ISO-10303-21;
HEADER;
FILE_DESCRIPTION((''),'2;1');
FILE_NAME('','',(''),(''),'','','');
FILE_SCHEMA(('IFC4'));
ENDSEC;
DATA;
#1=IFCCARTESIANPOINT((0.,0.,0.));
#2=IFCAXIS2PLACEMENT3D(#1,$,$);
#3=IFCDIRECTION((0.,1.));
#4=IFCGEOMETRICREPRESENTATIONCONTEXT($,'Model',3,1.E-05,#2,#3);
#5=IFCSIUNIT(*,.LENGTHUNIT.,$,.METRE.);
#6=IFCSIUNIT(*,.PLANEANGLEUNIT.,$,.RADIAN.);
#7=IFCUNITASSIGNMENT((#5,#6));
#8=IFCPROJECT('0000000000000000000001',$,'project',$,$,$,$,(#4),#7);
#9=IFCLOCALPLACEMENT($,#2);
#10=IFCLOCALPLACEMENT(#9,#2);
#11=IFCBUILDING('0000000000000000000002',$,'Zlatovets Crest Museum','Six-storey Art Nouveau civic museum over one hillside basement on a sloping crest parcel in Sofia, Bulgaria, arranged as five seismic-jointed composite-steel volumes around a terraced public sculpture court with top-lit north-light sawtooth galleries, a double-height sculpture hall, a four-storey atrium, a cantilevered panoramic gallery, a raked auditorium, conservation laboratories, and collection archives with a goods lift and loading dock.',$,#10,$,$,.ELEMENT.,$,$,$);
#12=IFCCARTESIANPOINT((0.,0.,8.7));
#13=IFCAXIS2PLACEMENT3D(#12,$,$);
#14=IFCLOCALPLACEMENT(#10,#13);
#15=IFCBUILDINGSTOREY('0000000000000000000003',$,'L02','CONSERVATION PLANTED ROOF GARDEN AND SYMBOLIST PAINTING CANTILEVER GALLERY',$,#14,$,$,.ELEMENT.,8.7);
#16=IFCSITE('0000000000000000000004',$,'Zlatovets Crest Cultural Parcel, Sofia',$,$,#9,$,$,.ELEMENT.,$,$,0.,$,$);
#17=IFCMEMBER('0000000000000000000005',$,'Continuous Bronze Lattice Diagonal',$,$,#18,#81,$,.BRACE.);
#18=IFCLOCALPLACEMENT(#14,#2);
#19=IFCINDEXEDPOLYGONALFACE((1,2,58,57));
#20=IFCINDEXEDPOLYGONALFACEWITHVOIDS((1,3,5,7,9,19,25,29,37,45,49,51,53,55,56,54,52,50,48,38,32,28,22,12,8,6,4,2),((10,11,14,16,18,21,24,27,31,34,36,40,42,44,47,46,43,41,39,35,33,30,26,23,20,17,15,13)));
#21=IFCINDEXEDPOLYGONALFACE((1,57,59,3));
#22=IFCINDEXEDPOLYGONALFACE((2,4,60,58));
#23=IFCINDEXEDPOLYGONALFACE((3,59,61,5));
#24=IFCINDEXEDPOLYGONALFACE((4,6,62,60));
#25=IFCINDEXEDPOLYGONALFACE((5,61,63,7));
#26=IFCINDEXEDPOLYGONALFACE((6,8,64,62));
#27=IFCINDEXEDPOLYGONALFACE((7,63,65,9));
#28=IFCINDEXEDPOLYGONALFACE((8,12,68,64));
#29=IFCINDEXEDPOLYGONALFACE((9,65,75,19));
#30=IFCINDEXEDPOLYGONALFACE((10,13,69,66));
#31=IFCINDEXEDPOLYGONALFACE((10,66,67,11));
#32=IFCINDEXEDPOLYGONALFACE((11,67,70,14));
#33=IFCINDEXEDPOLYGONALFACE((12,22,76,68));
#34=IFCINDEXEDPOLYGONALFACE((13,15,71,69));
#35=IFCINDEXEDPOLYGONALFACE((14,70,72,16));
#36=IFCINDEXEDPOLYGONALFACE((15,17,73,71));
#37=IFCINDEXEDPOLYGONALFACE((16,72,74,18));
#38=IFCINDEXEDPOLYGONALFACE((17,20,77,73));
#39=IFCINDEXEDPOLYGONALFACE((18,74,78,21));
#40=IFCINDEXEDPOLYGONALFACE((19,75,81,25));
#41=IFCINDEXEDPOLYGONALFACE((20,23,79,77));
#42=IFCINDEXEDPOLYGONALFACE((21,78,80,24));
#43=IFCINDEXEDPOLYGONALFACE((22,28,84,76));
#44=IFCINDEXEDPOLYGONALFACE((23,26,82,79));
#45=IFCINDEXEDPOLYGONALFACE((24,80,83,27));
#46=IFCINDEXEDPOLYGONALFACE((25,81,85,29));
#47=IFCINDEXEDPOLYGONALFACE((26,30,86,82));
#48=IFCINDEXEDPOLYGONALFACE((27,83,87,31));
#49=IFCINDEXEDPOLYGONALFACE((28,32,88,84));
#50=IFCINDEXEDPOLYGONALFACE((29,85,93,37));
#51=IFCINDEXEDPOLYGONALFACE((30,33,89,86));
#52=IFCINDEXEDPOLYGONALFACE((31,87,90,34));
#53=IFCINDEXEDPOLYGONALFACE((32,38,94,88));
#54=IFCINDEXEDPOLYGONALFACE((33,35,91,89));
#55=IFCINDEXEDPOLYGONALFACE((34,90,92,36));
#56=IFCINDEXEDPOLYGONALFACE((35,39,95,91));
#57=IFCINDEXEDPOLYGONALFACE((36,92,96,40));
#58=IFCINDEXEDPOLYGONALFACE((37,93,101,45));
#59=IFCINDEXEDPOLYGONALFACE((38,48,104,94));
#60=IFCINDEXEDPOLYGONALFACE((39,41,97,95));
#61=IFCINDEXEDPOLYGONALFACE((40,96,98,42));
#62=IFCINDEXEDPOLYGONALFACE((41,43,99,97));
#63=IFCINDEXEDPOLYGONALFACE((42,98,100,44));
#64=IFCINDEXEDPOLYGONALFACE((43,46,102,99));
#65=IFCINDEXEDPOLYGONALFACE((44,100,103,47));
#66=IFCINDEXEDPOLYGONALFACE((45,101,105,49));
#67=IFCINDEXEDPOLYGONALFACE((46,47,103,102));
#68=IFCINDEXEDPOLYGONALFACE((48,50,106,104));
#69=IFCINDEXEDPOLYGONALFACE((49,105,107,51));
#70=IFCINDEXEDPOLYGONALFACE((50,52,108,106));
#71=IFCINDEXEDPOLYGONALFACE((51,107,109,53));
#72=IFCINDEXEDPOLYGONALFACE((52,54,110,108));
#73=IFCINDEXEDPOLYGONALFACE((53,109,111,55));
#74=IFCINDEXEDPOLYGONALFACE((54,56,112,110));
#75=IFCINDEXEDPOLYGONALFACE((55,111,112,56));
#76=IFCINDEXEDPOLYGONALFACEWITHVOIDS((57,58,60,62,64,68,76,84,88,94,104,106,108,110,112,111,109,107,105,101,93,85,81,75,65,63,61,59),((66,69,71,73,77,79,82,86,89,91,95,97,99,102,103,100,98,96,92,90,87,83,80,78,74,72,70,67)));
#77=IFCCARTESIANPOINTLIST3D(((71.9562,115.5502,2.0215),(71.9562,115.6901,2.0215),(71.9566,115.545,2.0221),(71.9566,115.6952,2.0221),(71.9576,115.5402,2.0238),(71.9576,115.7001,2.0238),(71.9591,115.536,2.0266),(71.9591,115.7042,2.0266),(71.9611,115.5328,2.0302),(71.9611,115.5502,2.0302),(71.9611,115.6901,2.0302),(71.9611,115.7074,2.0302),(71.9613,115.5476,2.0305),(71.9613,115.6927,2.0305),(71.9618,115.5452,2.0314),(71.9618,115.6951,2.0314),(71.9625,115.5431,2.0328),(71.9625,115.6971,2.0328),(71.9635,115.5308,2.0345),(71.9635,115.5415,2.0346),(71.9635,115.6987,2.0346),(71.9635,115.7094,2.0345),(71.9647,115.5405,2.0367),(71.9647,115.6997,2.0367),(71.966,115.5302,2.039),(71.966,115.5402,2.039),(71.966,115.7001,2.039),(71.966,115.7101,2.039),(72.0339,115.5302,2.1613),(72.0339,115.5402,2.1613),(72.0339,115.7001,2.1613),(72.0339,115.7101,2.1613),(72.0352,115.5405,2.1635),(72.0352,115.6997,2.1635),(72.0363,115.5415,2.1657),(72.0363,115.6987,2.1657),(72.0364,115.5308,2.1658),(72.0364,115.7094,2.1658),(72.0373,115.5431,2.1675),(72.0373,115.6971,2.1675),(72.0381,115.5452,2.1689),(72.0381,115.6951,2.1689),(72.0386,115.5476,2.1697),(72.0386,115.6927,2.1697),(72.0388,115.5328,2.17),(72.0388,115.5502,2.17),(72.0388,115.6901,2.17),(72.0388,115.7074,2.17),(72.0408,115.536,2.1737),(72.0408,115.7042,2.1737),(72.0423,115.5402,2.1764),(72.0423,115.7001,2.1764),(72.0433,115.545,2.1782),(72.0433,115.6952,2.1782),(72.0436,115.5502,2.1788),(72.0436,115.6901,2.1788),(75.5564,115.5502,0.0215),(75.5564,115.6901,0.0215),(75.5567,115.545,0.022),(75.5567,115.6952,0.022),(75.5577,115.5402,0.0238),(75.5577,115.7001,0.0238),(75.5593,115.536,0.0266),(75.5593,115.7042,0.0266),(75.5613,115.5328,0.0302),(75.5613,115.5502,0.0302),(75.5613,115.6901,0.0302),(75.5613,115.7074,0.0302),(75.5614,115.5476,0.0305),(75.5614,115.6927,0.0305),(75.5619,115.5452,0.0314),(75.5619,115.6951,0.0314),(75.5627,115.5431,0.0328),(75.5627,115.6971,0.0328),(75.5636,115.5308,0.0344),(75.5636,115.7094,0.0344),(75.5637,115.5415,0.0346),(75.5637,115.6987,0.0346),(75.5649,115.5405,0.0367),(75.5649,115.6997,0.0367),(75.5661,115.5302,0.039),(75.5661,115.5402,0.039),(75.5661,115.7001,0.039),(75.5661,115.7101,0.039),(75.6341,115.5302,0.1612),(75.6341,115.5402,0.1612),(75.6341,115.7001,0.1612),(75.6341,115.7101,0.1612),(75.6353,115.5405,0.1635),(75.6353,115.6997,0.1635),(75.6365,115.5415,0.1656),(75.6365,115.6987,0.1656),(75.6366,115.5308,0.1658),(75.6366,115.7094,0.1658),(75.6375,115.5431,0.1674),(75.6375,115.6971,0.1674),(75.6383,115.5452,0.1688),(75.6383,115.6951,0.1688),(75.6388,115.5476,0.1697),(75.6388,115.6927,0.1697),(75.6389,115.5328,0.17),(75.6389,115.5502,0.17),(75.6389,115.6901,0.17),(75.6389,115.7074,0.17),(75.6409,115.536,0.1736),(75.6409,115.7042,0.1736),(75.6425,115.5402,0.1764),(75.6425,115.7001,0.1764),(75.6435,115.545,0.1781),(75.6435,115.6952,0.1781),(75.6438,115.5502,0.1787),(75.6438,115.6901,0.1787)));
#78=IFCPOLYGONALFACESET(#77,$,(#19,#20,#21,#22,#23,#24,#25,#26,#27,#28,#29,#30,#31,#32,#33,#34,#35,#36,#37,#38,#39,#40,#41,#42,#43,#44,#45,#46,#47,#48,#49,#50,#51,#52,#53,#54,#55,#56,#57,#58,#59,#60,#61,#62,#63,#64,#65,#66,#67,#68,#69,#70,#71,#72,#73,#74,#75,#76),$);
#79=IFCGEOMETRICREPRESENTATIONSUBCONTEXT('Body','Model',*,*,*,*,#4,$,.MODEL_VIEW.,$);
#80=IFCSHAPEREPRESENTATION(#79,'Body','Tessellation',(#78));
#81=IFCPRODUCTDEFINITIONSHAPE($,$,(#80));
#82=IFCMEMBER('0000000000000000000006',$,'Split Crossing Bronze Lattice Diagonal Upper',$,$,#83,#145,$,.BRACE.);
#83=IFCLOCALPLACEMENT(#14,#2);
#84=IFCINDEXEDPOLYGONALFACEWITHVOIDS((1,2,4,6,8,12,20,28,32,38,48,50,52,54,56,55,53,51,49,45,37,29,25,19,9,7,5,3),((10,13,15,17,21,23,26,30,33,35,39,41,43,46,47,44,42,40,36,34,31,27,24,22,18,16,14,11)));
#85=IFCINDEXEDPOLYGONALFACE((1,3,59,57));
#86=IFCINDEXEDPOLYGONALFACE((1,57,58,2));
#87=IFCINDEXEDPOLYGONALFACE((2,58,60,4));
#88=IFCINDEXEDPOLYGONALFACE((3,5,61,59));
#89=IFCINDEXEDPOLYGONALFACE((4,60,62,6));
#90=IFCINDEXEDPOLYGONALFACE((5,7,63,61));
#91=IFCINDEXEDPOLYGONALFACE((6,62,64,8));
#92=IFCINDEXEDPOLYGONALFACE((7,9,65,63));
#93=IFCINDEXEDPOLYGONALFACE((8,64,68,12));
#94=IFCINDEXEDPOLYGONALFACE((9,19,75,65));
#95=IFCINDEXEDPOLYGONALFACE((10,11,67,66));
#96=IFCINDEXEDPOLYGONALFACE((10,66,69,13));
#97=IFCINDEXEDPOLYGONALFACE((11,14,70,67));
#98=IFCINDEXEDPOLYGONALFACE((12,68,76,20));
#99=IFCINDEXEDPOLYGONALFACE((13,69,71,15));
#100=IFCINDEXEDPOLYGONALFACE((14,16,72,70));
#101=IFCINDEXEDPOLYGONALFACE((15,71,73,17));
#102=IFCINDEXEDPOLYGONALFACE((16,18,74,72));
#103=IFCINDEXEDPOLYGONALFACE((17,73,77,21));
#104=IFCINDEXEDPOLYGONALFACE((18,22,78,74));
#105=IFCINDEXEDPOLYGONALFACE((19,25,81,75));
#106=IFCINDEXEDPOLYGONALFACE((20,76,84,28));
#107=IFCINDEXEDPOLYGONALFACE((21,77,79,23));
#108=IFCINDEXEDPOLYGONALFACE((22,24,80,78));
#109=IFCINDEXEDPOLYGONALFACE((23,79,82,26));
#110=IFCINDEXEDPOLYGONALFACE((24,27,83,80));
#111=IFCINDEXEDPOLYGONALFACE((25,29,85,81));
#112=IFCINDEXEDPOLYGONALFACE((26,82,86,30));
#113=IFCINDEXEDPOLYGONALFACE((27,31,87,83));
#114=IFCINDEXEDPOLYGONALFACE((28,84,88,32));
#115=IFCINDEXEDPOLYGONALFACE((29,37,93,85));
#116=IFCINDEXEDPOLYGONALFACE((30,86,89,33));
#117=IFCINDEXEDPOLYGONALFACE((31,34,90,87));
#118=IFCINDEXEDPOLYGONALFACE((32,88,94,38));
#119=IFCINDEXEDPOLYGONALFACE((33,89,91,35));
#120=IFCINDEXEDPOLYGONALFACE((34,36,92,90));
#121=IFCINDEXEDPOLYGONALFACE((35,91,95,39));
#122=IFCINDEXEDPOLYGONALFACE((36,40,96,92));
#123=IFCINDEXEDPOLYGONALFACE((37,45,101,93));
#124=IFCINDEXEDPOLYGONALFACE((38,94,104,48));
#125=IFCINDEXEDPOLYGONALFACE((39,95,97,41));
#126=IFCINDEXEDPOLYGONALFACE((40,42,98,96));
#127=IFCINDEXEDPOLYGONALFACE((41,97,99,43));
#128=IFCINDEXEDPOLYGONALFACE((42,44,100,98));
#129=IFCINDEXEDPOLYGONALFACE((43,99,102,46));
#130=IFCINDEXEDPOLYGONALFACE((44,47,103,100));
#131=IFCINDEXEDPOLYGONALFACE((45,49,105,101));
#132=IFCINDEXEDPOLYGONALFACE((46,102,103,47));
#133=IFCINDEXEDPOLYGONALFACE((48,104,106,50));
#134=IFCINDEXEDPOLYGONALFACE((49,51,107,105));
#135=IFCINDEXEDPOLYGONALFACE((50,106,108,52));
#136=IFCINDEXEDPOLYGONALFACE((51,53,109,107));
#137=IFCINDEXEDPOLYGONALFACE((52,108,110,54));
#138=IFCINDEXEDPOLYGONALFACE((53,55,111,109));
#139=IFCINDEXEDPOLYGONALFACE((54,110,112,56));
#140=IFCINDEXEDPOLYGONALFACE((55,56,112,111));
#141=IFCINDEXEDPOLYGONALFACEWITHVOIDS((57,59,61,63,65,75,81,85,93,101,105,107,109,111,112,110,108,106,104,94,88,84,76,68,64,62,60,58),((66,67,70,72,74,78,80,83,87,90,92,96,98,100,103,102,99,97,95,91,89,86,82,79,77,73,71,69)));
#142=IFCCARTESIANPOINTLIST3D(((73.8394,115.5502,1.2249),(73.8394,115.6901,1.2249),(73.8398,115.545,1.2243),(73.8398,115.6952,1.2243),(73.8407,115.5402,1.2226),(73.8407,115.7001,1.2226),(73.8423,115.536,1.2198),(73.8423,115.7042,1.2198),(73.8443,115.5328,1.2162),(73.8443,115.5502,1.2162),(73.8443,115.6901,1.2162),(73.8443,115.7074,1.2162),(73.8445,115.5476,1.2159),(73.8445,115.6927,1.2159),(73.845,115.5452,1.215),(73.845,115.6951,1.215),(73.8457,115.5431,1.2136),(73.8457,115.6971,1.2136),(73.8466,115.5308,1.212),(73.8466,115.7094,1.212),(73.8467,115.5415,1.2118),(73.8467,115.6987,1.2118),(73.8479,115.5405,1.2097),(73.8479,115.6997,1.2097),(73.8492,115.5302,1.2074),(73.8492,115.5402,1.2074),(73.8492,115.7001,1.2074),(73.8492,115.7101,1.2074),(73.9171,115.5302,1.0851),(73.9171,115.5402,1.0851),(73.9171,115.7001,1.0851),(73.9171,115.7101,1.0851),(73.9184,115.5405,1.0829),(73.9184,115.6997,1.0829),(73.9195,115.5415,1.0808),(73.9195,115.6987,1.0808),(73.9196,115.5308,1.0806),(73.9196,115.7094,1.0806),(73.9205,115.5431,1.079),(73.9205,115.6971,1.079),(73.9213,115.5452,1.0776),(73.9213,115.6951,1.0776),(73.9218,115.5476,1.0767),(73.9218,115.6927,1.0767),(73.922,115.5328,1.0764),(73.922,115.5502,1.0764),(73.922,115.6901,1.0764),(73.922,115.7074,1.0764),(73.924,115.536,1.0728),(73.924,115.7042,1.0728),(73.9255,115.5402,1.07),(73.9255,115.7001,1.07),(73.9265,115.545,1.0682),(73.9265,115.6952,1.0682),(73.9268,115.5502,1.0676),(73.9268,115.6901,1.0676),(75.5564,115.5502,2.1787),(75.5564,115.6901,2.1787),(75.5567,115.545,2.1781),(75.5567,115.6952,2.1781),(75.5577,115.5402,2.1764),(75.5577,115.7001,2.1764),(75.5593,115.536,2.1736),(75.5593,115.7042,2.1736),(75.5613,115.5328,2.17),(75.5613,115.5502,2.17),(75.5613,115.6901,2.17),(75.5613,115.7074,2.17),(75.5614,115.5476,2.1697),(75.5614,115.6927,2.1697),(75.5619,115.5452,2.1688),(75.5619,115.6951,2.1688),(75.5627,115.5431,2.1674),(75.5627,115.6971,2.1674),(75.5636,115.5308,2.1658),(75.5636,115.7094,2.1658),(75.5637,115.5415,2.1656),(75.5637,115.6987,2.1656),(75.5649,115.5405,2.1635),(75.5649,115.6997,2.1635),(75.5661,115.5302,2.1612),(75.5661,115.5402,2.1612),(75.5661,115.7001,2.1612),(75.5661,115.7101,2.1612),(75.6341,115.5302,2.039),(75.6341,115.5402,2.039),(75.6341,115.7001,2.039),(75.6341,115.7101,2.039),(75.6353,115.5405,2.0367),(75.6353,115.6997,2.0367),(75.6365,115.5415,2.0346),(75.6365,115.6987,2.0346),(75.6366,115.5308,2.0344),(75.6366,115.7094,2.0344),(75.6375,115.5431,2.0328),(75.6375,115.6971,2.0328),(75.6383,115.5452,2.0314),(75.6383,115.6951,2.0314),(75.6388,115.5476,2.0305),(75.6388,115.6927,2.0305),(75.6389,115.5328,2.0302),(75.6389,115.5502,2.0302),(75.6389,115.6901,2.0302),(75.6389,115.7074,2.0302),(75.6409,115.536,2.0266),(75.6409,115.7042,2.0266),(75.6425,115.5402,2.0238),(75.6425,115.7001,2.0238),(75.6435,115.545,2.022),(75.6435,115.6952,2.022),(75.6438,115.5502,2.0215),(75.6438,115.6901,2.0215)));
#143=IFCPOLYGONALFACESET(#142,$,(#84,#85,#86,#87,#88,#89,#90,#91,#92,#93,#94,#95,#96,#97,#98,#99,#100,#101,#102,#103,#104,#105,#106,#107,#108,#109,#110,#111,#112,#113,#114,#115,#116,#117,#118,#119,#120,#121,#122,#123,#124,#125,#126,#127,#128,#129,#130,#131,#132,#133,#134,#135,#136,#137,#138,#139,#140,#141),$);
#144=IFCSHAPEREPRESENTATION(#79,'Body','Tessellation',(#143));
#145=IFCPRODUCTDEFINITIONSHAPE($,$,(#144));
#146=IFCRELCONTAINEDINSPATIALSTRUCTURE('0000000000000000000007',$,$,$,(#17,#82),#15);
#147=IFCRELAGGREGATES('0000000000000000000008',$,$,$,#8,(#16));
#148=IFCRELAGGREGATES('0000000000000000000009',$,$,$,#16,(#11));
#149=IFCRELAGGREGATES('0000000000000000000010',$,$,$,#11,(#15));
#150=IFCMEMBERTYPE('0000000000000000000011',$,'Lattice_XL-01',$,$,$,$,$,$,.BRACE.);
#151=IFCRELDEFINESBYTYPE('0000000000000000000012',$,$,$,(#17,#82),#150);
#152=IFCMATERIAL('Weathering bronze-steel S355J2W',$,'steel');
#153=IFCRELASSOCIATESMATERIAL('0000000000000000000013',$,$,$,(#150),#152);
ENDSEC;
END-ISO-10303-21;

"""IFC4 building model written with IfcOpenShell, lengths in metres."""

from ifc_helpers import new_model, si_unit, direction, frame, origin, origin_2d, place, context, subcontext, project, spatial, hollow_rectangle, extrude, material, material_profile, profile_set, type_object, element, save


model = new_model("IFC4")

# Units and contexts
model_context = context("Model", 3, precision=1e-05, world=origin(), true_north=direction((0.0, 1.0)))
body_context = subcontext(model_context, "Body", "Model", "MODEL_VIEW")
ifc_project = project(units=[si_unit("LENGTHUNIT", "METRE"), si_unit("PLANEANGLEUNIT", "RADIAN")], contexts=[model_context])

# Site, building, storey
site_placement = place(None, origin())
site = spatial("IfcSite", under=ifc_project, at=site_placement, Name="Zlatovets Crest Cultural Parcel, Sofia", CompositionType="ELEMENT", RefElevation=0.0)
building_placement = place(site_placement, origin())
building = spatial("IfcBuilding", under=site, at=building_placement, Name="Zlatovets Crest Museum", Description="Six-storey Art Nouveau civic museum over one hillside basement on a sloping crest parcel in Sofia, Bulgaria, arranged as five seismic-jointed composite-steel volumes around a terraced public sculpture court with top-lit north-light sawtooth galleries, a double-height sculpture hall, a four-storey atrium, a cantilevered panoramic gallery, a raked auditorium, conservation laboratories, and collection archives with a goods lift and loading dock.", CompositionType="ELEMENT")
storey_placement = place(building_placement, frame((0.0, 0.0, 8.7)))
storey = spatial("IfcBuildingStorey", under=building, at=storey_placement, Name="L02", Description="CONSERVATION PLANTED ROOF GARDEN AND SYMBOLIST PAINTING CANTILEVER GALLERY", CompositionType="ELEMENT", Elevation=8.7)

# Members
ifc_material_1 = material(Name="Weathering bronze-steel S355J2W", Category="steel")
ifc_material_profile_1 = material_profile(ifc_material_1, hollow_rectangle(XDim=0.1799, YDim=0.1799, WallThickness=0.01, InnerFilletRadius=0.01, OuterFilletRadius=0.02, at=origin_2d()), Name="SHS 180x180x10.0")
ifc_profile_set_1 = profile_set([ifc_material_profile_1], Name="Weathering bronze-steel S355J2W")
member_type_1 = type_object("IfcMemberType", Name="Lattice_XL-01", PredefinedType="BRACE", material=ifc_profile_set_1)
member_1_placement = place(storey_placement, frame((75.6001, 115.6201, 0.1001), z_axis=(-0.874163, 0.0, 0.485633), x_axis=(0.0, -1.0, 0.0)))
element("IfcMember", 1, at=member_1_placement, inside=storey, type_object=member_type_1, Name="Continuous Bronze Lattice Diagonal", PredefinedType="BRACE", context=body_context, shape_type="SweptSolid", body=[
    extrude(hollow_rectangle(XDim=0.1799, YDim=0.1799, WallThickness=0.01, InnerFilletRadius=0.01, OuterFilletRadius=0.02, at=origin_2d()), origin(), (0.0, 0.0, 1.0), 4.1184),
])
for number, where, z_axis, x_axis, name in (
    (2, (75.6001, 115.6201, 2.1001), (-0.874169, 0.0, -0.485622), (0.0, -1.0, 0.0), "Split Crossing Bronze Lattice Diagonal Upper"),
):
    element("IfcMember", number, at=place(storey_placement, frame(where, z_axis=z_axis, x_axis=x_axis)), inside=storey, type_object=member_type_1, Name=name, PredefinedType="BRACE", context=body_context, shape_type="SweptSolid", body=[
        extrude(hollow_rectangle(XDim=0.1799, YDim=0.1799, WallThickness=0.01, InnerFilletRadius=0.01, OuterFilletRadius=0.02, at=origin_2d()), origin(), (0.0, 0.0, 1.0), 1.9641),
    ])

save(model, "model.ifc")
